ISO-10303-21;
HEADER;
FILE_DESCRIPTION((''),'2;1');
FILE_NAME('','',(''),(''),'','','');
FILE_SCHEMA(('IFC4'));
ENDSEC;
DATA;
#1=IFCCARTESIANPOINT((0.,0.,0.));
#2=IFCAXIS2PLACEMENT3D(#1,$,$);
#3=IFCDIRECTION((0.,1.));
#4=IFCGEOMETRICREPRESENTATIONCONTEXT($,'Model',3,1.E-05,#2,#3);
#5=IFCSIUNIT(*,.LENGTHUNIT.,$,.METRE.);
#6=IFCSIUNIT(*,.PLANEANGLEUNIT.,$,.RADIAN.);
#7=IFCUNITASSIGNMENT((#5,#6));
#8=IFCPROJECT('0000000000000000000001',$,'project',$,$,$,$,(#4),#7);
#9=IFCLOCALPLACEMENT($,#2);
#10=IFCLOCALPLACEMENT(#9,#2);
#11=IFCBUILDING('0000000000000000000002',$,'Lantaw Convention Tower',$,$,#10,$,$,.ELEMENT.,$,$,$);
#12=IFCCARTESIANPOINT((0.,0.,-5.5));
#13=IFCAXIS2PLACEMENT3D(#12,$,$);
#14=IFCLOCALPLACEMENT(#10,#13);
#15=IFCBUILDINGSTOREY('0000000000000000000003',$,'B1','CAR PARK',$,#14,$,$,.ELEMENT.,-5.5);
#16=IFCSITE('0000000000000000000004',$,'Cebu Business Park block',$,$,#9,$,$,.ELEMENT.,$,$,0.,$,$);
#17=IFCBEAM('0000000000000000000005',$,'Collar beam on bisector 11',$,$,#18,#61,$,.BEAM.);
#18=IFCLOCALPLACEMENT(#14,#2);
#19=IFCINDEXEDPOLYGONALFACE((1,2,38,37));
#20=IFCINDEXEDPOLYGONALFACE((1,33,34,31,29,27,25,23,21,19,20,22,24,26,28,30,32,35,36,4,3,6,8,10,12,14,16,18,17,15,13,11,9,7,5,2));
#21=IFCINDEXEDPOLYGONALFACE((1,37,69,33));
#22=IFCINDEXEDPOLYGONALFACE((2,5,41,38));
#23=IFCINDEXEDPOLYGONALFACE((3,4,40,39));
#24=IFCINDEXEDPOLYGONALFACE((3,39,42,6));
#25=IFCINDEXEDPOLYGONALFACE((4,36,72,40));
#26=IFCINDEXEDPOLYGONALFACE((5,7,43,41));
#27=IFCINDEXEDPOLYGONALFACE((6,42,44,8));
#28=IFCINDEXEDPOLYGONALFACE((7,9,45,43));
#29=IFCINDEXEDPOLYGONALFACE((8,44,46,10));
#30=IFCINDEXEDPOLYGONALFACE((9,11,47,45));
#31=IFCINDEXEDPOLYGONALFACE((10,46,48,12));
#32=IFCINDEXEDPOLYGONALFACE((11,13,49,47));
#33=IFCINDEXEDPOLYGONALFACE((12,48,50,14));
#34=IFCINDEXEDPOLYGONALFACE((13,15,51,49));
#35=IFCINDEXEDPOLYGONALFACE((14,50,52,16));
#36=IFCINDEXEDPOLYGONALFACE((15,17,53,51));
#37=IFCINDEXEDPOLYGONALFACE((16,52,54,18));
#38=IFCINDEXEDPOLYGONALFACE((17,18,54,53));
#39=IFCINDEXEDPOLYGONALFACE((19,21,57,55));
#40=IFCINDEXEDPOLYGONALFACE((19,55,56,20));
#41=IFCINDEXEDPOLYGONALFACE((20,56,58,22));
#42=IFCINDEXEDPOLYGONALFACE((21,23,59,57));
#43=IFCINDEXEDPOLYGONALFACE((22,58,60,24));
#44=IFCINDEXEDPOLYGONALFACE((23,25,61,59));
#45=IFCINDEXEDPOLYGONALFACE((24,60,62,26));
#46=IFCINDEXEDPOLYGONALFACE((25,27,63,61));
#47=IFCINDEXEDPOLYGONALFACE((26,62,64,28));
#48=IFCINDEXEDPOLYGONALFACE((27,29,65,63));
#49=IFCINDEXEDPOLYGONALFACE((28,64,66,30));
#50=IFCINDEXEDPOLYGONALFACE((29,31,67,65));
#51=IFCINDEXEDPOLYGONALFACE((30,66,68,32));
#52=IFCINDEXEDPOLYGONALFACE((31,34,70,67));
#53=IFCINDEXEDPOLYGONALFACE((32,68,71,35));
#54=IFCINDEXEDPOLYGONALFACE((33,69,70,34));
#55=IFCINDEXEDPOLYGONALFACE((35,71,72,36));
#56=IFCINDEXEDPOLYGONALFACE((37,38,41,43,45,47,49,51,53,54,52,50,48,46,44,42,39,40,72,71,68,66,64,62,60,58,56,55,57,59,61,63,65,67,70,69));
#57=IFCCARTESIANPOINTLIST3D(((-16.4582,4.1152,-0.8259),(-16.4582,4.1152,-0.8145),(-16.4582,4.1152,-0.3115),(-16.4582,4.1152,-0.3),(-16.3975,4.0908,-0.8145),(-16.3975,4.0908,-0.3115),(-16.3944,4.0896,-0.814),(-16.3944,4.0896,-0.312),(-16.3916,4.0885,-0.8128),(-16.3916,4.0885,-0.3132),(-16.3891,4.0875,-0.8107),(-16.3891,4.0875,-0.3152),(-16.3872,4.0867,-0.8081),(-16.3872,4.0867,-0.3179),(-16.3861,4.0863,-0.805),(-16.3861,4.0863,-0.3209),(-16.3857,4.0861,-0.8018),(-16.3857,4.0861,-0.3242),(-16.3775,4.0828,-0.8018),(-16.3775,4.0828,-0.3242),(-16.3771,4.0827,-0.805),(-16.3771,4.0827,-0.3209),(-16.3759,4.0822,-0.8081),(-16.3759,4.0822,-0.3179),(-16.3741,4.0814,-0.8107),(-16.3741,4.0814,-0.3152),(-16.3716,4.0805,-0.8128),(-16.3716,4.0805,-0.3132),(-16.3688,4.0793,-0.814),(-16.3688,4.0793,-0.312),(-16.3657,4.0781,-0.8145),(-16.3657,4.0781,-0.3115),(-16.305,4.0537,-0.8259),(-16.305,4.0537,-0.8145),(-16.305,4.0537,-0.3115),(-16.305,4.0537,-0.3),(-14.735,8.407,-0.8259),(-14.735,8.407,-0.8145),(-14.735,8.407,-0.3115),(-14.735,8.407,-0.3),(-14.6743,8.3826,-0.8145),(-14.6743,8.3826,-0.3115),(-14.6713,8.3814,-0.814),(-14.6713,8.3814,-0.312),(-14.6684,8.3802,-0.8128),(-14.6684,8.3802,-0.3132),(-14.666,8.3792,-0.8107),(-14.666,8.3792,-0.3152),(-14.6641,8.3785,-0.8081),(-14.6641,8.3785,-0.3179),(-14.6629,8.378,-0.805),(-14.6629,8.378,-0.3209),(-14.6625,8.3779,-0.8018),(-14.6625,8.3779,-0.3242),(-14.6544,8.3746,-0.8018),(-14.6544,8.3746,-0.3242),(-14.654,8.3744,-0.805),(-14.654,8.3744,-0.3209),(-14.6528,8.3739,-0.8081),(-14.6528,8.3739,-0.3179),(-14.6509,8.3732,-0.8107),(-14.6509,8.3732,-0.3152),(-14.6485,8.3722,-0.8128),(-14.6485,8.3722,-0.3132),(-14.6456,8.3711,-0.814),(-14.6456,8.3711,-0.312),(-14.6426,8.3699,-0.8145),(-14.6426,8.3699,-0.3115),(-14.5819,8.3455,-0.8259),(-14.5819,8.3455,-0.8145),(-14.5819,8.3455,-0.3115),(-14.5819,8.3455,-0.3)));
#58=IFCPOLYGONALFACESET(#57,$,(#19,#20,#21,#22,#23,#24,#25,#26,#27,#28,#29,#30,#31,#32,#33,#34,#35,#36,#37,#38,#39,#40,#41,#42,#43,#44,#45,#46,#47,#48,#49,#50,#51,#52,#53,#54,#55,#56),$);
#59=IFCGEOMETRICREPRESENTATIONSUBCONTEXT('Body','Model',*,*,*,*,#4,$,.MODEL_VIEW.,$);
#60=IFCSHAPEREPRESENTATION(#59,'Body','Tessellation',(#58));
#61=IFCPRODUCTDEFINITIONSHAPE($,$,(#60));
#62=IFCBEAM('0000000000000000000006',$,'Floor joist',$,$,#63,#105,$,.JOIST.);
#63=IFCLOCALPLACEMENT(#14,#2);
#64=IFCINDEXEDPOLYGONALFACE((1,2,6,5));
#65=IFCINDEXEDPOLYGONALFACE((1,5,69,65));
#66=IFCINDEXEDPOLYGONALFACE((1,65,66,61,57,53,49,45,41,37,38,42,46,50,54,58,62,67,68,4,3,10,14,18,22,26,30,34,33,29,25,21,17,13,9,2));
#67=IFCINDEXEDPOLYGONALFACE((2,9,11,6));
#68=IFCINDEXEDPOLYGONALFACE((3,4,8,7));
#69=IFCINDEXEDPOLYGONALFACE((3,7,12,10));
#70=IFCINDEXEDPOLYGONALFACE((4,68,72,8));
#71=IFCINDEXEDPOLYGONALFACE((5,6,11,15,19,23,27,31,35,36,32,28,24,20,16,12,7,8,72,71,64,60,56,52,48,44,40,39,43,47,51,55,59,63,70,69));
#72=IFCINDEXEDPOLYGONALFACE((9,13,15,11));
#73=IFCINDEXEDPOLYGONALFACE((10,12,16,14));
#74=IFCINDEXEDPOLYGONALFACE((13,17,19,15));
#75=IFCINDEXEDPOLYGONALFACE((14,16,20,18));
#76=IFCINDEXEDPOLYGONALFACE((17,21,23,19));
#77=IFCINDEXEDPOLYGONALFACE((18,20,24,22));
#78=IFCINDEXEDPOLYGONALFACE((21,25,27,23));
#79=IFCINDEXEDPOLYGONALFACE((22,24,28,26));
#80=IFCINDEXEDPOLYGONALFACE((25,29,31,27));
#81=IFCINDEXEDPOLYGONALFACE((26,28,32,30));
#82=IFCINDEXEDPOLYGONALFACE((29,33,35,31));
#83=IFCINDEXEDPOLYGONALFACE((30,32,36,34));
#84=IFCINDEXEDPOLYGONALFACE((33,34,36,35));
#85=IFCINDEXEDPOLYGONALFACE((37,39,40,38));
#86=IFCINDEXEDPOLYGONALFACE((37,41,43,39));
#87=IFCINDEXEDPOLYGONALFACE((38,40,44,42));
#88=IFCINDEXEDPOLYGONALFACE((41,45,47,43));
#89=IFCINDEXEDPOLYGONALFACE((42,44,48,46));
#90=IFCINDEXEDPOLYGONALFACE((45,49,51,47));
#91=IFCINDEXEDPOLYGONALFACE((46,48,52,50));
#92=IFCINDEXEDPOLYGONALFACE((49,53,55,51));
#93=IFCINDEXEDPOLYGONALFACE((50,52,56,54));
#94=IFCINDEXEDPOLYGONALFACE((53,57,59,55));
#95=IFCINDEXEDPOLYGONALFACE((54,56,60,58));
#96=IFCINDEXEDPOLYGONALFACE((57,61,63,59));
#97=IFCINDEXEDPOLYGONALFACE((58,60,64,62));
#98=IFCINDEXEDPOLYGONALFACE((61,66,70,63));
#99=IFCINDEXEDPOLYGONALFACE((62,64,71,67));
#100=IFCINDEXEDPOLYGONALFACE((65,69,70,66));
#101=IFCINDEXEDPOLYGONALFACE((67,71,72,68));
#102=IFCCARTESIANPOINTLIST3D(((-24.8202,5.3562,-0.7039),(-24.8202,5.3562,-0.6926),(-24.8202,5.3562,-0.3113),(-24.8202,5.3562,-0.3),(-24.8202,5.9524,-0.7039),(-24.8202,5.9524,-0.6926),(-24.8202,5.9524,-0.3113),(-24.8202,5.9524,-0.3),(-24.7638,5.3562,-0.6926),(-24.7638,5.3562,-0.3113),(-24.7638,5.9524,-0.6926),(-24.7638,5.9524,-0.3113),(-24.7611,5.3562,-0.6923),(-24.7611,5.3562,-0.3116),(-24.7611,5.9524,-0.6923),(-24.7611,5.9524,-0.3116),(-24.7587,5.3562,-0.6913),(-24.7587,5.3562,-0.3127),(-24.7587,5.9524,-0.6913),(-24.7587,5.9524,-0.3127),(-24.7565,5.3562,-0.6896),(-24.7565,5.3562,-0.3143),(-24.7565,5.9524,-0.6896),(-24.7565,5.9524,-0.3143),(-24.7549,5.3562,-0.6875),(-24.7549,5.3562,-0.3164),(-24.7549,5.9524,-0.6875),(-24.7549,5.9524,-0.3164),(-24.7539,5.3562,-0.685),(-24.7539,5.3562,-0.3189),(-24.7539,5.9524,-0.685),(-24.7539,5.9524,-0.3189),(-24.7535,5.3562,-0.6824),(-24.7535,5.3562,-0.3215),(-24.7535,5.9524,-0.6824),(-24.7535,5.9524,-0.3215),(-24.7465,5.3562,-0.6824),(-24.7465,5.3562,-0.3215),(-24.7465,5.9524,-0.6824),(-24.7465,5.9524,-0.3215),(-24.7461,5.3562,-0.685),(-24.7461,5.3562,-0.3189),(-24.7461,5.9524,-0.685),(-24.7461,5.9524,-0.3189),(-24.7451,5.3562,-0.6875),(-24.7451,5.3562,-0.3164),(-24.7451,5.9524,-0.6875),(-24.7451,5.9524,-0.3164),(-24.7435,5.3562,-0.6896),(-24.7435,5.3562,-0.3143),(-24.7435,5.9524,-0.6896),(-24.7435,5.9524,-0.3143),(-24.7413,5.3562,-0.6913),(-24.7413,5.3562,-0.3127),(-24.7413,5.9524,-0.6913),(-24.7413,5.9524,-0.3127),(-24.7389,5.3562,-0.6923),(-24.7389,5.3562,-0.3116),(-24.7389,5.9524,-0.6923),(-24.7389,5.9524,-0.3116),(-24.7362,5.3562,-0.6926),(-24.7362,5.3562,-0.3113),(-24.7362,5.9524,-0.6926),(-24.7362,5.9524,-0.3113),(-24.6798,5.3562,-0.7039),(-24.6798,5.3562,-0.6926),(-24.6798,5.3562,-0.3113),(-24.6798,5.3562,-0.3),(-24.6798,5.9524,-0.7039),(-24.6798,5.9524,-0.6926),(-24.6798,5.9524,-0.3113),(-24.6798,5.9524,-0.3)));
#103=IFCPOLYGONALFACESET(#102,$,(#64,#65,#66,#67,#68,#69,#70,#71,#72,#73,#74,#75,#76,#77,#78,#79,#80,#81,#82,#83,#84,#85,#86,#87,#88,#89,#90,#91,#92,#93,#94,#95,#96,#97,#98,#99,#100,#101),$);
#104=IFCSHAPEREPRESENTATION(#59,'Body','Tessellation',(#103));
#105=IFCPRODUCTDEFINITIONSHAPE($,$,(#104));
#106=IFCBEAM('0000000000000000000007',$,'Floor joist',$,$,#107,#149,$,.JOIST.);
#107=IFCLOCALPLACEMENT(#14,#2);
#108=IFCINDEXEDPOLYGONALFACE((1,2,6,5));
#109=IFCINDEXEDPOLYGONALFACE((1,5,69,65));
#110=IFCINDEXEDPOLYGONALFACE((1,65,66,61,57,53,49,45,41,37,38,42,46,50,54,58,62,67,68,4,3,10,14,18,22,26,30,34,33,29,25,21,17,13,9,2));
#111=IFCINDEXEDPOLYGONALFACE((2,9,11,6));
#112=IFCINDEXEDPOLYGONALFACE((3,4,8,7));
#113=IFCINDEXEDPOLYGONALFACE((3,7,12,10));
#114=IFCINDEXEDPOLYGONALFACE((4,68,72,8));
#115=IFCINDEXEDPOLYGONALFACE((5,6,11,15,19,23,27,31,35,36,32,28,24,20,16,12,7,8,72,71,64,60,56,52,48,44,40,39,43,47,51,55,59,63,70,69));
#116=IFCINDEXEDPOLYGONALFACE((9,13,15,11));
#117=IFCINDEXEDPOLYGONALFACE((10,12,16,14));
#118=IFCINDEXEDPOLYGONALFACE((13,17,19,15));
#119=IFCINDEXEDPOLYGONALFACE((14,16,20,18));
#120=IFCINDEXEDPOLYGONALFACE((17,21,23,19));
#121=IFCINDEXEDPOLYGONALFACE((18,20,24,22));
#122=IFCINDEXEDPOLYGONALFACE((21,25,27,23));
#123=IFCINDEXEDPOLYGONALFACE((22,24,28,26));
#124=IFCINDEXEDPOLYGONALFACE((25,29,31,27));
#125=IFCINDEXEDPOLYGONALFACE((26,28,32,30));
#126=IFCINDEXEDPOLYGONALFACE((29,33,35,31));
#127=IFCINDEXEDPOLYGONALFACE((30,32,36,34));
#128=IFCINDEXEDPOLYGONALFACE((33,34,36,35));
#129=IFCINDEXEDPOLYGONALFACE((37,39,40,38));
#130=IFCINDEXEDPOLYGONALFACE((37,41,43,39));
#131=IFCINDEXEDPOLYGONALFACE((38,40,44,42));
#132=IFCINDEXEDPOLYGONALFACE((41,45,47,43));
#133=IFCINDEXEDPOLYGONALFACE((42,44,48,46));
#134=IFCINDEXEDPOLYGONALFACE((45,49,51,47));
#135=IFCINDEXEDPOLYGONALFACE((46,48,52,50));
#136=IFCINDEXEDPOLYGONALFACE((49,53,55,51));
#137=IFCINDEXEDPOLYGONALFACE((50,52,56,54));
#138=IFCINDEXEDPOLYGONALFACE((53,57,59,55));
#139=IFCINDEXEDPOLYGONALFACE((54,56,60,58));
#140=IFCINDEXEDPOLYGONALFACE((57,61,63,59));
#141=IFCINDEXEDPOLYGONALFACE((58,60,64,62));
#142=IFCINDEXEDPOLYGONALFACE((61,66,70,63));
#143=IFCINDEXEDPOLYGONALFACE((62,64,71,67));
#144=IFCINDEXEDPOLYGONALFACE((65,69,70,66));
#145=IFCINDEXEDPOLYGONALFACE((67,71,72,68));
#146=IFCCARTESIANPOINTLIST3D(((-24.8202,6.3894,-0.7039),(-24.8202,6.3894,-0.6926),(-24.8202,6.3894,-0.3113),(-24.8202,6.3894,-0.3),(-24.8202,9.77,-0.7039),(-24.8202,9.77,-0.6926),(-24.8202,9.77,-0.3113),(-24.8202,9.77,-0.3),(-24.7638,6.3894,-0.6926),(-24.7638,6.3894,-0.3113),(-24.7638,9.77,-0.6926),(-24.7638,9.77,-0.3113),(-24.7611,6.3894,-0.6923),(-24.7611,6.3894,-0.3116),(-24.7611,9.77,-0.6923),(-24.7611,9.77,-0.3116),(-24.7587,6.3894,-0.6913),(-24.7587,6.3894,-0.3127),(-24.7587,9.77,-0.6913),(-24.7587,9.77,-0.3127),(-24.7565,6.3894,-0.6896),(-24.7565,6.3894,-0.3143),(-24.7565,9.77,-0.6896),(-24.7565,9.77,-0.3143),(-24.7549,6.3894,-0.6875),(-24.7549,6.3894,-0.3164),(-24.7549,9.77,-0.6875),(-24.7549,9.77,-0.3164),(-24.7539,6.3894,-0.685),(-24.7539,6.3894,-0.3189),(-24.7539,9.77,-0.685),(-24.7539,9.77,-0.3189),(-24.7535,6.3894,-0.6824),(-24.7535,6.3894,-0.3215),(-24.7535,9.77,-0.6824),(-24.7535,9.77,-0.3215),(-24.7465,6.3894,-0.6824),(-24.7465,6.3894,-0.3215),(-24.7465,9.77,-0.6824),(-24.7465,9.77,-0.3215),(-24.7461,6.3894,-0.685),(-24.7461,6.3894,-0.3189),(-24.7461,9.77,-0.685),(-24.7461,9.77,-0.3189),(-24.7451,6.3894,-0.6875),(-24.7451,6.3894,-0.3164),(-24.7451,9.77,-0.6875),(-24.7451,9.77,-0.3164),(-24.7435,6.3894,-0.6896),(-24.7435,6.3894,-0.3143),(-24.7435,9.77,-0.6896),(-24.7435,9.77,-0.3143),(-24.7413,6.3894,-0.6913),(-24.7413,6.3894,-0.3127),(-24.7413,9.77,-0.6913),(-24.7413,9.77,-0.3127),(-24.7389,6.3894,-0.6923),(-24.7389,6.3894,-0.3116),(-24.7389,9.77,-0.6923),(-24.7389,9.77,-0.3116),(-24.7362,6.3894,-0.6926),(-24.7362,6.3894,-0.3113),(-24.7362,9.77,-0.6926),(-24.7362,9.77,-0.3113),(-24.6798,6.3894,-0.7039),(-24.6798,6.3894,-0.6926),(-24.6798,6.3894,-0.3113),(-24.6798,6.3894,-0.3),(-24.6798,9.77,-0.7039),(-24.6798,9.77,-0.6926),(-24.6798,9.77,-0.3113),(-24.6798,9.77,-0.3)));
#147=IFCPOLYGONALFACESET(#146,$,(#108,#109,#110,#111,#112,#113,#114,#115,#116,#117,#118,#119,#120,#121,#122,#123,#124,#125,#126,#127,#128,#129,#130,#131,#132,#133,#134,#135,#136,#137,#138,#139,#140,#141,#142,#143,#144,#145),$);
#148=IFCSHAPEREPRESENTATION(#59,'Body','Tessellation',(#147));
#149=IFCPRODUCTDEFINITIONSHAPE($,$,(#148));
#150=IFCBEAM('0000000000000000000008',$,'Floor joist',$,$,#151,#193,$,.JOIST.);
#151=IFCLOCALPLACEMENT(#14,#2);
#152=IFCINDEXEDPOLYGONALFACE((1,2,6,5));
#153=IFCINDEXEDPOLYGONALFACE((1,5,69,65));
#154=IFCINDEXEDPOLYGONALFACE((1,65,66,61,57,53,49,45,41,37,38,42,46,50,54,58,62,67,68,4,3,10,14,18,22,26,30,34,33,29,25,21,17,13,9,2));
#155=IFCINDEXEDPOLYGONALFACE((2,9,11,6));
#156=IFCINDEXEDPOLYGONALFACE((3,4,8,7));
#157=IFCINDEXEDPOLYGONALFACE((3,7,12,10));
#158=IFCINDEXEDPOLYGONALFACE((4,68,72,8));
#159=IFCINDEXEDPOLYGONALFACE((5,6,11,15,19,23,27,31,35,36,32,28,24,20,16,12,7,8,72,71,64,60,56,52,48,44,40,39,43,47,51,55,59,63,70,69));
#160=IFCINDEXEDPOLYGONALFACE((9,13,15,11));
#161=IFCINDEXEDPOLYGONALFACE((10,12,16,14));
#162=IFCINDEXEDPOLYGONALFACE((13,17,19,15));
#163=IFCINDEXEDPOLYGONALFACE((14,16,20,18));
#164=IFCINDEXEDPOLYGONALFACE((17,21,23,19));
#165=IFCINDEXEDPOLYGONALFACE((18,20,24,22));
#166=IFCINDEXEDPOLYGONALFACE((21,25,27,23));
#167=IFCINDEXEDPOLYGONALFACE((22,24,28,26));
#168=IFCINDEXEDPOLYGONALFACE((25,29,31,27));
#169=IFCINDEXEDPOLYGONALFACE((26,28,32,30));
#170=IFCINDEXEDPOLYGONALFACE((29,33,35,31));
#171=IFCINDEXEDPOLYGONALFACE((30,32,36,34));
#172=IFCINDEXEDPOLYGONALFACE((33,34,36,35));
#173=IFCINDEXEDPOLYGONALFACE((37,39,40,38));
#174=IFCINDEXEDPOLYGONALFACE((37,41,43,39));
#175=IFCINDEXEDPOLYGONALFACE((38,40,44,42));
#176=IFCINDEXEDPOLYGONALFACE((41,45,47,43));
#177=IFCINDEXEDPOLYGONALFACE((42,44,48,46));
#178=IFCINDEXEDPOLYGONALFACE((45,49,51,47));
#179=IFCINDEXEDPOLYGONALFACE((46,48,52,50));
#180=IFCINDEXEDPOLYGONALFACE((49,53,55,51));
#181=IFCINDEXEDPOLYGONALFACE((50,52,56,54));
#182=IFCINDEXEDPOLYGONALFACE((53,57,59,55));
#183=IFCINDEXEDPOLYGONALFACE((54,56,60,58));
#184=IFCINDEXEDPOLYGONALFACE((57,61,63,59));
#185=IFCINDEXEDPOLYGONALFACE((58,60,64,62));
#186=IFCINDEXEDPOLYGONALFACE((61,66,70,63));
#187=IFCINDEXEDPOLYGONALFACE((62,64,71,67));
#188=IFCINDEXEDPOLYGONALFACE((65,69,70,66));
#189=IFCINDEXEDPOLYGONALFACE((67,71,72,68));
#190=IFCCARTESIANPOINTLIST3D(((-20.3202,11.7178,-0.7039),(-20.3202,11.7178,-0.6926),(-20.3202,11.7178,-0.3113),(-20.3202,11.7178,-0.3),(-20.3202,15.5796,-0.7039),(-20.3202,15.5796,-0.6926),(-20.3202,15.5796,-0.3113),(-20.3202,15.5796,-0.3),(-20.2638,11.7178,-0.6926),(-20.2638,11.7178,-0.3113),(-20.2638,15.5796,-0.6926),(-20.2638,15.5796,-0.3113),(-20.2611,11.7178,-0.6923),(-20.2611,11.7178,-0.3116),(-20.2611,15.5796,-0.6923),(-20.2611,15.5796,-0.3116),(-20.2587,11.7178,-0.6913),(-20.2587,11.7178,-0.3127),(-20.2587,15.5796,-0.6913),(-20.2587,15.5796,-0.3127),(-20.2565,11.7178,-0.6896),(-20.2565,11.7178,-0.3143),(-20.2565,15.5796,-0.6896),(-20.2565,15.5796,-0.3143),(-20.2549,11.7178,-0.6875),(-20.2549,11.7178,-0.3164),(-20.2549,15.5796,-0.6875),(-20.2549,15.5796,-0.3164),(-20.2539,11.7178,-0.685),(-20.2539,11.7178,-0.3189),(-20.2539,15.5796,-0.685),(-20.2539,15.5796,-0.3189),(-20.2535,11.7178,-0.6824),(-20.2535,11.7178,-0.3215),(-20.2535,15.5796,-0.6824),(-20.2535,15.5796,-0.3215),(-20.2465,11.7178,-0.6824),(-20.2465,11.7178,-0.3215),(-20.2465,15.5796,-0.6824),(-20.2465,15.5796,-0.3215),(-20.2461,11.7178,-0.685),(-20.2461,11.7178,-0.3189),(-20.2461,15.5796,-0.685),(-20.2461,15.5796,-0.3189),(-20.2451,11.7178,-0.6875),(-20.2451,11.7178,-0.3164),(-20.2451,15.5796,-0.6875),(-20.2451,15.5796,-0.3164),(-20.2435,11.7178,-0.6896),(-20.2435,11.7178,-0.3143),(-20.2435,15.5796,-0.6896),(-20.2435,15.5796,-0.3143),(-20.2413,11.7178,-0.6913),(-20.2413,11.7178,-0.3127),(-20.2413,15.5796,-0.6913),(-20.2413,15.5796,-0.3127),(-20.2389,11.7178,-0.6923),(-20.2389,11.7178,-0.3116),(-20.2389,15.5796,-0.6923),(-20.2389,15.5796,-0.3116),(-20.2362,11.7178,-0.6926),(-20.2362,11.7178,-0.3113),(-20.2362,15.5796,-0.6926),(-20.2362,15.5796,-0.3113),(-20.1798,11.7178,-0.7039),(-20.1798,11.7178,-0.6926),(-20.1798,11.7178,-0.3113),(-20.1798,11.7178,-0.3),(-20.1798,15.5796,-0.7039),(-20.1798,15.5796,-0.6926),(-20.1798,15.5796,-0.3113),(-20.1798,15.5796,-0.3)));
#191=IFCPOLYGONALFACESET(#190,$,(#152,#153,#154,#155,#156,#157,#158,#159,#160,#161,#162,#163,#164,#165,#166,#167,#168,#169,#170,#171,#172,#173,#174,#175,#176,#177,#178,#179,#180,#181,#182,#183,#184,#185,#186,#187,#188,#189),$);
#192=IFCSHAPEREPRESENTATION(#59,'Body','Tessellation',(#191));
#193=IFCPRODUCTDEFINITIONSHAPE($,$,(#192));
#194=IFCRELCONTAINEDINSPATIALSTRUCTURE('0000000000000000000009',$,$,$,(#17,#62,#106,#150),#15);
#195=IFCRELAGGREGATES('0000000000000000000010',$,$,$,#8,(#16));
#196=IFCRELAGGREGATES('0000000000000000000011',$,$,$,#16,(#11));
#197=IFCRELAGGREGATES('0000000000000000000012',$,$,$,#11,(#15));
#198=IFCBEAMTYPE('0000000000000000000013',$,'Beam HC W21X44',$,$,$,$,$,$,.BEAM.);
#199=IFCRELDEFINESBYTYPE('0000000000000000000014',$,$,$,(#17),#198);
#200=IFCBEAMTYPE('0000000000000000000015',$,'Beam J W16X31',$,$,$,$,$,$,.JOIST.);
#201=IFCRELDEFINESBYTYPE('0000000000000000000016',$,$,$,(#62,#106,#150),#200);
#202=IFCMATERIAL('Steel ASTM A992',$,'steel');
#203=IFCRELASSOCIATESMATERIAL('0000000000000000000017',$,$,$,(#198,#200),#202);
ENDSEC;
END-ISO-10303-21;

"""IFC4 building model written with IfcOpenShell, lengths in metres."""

from ifc_helpers import new_model, si_unit, direction, frame, origin, origin_2d, place, context, subcontext, project, spatial, i_section, extrude, material, material_profile, profile_set, type_object, element, save


model = new_model("IFC4")

# Units and contexts
model_context = context("Model", 3, precision=1e-05, world=origin(), true_north=direction((0.0, 1.0)))
body_context = subcontext(model_context, "Body", "Model", "MODEL_VIEW")
ifc_project = project(units=[si_unit("LENGTHUNIT", "METRE"), si_unit("PLANEANGLEUNIT", "RADIAN")], contexts=[model_context])

# Site, building, storey
site_placement = place(None, origin())
site = spatial("IfcSite", under=ifc_project, at=site_placement, Name="Cebu Business Park block", CompositionType="ELEMENT", RefElevation=0.0)
building_placement = place(site_placement, origin())
building = spatial("IfcBuilding", under=site, at=building_placement, Name="Lantaw Convention Tower", CompositionType="ELEMENT")
storey_placement = place(building_placement, frame((0.0, 0.0, -5.5)))
storey = spatial("IfcBuildingStorey", under=building, at=storey_placement, Name="B1", Description="CAR PARK", CompositionType="ELEMENT", Elevation=-5.5)

# Beams
ifc_material_1 = material(Name="Steel ASTM A992", Category="steel")
ifc_material_profile_1 = material_profile(ifc_material_1, i_section(OverallWidth=0.165, OverallDepth=0.5259, WebThickness=0.0088, FlangeThickness=0.0115, FilletRadius=0.0127, at=origin_2d()), Name="W21X44")
ifc_profile_set_1 = profile_set([ifc_material_profile_1], Name="Steel ASTM A992")
beam_type_1 = type_object("IfcBeamType", Name="Beam HC W21X44", PredefinedType="BEAM", material=ifc_profile_set_1)
beam_1_placement = place(storey_placement, frame((-14.6584, 8.3762, -0.563), z_axis=(-0.372592, -0.927995, 0.0), x_axis=(0.927995, -0.372592, 0.0)))
element("IfcBeam", 1, at=beam_1_placement, inside=storey, type_object=beam_type_1, Name="Collar beam on bisector 11", PredefinedType="BEAM", context=body_context, shape_type="SweptSolid", body=[
    extrude(i_section(OverallWidth=0.165, OverallDepth=0.5259, WebThickness=0.0088, FlangeThickness=0.0115, FilletRadius=0.0127, at=origin_2d()), origin(), (0.0, 0.0, 1.0), 4.6248),
])
ifc_material_profile_2 = material_profile(ifc_material_1, i_section(OverallWidth=0.1404, OverallDepth=0.4038, WebThickness=0.0071, FlangeThickness=0.0112, FilletRadius=0.0103, at=origin_2d()), Name="W16X31")
ifc_profile_set_2 = profile_set([ifc_material_profile_2], Name="Steel ASTM A992")
beam_type_2 = type_object("IfcBeamType", Name="Beam J W16X31", PredefinedType="JOIST", material=ifc_profile_set_2)
beam_2_placement = place(storey_placement, frame((-24.75, 5.3562, -0.502), z_axis=(0.0, 1.0, 0.0), x_axis=(-1.0, 0.0, 0.0)))
element("IfcBeam", 2, at=beam_2_placement, inside=storey, type_object=beam_type_2, Name="Floor joist", PredefinedType="JOIST", context=body_context, shape_type="SweptSolid", body=[
    extrude(i_section(OverallWidth=0.1404, OverallDepth=0.4038, WebThickness=0.0071, FlangeThickness=0.0112, FilletRadius=0.0103, at=origin_2d()), origin(), (0.0, 0.0, 1.0), 0.5962),
])
beam_3_placement = place(storey_placement, frame((-24.75, 6.3894, -0.502), z_axis=(0.0, 1.0, 0.0), x_axis=(-1.0, 0.0, 0.0)))
element("IfcBeam", 3, at=beam_3_placement, inside=storey, type_object=beam_type_2, Name="Floor joist", PredefinedType="JOIST", context=body_context, shape_type="SweptSolid", body=[
    extrude(i_section(OverallWidth=0.1404, OverallDepth=0.4038, WebThickness=0.0071, FlangeThickness=0.0112, FilletRadius=0.0103, at=origin_2d()), origin(), (0.0, 0.0, 1.0), 3.3806),
])
beam_4_placement = place(storey_placement, frame((-20.25, 11.7178, -0.502), z_axis=(0.0, 1.0, 0.0), x_axis=(-1.0, 0.0, 0.0)))
element("IfcBeam", 4, at=beam_4_placement, inside=storey, type_object=beam_type_2, Name="Floor joist", PredefinedType="JOIST", context=body_context, shape_type="SweptSolid", body=[
    extrude(i_section(OverallWidth=0.1404, OverallDepth=0.4038, WebThickness=0.0071, FlangeThickness=0.0112, FilletRadius=0.0103, at=origin_2d()), origin(), (0.0, 0.0, 1.0), 3.8618),
])

save(model, "model.ifc")
